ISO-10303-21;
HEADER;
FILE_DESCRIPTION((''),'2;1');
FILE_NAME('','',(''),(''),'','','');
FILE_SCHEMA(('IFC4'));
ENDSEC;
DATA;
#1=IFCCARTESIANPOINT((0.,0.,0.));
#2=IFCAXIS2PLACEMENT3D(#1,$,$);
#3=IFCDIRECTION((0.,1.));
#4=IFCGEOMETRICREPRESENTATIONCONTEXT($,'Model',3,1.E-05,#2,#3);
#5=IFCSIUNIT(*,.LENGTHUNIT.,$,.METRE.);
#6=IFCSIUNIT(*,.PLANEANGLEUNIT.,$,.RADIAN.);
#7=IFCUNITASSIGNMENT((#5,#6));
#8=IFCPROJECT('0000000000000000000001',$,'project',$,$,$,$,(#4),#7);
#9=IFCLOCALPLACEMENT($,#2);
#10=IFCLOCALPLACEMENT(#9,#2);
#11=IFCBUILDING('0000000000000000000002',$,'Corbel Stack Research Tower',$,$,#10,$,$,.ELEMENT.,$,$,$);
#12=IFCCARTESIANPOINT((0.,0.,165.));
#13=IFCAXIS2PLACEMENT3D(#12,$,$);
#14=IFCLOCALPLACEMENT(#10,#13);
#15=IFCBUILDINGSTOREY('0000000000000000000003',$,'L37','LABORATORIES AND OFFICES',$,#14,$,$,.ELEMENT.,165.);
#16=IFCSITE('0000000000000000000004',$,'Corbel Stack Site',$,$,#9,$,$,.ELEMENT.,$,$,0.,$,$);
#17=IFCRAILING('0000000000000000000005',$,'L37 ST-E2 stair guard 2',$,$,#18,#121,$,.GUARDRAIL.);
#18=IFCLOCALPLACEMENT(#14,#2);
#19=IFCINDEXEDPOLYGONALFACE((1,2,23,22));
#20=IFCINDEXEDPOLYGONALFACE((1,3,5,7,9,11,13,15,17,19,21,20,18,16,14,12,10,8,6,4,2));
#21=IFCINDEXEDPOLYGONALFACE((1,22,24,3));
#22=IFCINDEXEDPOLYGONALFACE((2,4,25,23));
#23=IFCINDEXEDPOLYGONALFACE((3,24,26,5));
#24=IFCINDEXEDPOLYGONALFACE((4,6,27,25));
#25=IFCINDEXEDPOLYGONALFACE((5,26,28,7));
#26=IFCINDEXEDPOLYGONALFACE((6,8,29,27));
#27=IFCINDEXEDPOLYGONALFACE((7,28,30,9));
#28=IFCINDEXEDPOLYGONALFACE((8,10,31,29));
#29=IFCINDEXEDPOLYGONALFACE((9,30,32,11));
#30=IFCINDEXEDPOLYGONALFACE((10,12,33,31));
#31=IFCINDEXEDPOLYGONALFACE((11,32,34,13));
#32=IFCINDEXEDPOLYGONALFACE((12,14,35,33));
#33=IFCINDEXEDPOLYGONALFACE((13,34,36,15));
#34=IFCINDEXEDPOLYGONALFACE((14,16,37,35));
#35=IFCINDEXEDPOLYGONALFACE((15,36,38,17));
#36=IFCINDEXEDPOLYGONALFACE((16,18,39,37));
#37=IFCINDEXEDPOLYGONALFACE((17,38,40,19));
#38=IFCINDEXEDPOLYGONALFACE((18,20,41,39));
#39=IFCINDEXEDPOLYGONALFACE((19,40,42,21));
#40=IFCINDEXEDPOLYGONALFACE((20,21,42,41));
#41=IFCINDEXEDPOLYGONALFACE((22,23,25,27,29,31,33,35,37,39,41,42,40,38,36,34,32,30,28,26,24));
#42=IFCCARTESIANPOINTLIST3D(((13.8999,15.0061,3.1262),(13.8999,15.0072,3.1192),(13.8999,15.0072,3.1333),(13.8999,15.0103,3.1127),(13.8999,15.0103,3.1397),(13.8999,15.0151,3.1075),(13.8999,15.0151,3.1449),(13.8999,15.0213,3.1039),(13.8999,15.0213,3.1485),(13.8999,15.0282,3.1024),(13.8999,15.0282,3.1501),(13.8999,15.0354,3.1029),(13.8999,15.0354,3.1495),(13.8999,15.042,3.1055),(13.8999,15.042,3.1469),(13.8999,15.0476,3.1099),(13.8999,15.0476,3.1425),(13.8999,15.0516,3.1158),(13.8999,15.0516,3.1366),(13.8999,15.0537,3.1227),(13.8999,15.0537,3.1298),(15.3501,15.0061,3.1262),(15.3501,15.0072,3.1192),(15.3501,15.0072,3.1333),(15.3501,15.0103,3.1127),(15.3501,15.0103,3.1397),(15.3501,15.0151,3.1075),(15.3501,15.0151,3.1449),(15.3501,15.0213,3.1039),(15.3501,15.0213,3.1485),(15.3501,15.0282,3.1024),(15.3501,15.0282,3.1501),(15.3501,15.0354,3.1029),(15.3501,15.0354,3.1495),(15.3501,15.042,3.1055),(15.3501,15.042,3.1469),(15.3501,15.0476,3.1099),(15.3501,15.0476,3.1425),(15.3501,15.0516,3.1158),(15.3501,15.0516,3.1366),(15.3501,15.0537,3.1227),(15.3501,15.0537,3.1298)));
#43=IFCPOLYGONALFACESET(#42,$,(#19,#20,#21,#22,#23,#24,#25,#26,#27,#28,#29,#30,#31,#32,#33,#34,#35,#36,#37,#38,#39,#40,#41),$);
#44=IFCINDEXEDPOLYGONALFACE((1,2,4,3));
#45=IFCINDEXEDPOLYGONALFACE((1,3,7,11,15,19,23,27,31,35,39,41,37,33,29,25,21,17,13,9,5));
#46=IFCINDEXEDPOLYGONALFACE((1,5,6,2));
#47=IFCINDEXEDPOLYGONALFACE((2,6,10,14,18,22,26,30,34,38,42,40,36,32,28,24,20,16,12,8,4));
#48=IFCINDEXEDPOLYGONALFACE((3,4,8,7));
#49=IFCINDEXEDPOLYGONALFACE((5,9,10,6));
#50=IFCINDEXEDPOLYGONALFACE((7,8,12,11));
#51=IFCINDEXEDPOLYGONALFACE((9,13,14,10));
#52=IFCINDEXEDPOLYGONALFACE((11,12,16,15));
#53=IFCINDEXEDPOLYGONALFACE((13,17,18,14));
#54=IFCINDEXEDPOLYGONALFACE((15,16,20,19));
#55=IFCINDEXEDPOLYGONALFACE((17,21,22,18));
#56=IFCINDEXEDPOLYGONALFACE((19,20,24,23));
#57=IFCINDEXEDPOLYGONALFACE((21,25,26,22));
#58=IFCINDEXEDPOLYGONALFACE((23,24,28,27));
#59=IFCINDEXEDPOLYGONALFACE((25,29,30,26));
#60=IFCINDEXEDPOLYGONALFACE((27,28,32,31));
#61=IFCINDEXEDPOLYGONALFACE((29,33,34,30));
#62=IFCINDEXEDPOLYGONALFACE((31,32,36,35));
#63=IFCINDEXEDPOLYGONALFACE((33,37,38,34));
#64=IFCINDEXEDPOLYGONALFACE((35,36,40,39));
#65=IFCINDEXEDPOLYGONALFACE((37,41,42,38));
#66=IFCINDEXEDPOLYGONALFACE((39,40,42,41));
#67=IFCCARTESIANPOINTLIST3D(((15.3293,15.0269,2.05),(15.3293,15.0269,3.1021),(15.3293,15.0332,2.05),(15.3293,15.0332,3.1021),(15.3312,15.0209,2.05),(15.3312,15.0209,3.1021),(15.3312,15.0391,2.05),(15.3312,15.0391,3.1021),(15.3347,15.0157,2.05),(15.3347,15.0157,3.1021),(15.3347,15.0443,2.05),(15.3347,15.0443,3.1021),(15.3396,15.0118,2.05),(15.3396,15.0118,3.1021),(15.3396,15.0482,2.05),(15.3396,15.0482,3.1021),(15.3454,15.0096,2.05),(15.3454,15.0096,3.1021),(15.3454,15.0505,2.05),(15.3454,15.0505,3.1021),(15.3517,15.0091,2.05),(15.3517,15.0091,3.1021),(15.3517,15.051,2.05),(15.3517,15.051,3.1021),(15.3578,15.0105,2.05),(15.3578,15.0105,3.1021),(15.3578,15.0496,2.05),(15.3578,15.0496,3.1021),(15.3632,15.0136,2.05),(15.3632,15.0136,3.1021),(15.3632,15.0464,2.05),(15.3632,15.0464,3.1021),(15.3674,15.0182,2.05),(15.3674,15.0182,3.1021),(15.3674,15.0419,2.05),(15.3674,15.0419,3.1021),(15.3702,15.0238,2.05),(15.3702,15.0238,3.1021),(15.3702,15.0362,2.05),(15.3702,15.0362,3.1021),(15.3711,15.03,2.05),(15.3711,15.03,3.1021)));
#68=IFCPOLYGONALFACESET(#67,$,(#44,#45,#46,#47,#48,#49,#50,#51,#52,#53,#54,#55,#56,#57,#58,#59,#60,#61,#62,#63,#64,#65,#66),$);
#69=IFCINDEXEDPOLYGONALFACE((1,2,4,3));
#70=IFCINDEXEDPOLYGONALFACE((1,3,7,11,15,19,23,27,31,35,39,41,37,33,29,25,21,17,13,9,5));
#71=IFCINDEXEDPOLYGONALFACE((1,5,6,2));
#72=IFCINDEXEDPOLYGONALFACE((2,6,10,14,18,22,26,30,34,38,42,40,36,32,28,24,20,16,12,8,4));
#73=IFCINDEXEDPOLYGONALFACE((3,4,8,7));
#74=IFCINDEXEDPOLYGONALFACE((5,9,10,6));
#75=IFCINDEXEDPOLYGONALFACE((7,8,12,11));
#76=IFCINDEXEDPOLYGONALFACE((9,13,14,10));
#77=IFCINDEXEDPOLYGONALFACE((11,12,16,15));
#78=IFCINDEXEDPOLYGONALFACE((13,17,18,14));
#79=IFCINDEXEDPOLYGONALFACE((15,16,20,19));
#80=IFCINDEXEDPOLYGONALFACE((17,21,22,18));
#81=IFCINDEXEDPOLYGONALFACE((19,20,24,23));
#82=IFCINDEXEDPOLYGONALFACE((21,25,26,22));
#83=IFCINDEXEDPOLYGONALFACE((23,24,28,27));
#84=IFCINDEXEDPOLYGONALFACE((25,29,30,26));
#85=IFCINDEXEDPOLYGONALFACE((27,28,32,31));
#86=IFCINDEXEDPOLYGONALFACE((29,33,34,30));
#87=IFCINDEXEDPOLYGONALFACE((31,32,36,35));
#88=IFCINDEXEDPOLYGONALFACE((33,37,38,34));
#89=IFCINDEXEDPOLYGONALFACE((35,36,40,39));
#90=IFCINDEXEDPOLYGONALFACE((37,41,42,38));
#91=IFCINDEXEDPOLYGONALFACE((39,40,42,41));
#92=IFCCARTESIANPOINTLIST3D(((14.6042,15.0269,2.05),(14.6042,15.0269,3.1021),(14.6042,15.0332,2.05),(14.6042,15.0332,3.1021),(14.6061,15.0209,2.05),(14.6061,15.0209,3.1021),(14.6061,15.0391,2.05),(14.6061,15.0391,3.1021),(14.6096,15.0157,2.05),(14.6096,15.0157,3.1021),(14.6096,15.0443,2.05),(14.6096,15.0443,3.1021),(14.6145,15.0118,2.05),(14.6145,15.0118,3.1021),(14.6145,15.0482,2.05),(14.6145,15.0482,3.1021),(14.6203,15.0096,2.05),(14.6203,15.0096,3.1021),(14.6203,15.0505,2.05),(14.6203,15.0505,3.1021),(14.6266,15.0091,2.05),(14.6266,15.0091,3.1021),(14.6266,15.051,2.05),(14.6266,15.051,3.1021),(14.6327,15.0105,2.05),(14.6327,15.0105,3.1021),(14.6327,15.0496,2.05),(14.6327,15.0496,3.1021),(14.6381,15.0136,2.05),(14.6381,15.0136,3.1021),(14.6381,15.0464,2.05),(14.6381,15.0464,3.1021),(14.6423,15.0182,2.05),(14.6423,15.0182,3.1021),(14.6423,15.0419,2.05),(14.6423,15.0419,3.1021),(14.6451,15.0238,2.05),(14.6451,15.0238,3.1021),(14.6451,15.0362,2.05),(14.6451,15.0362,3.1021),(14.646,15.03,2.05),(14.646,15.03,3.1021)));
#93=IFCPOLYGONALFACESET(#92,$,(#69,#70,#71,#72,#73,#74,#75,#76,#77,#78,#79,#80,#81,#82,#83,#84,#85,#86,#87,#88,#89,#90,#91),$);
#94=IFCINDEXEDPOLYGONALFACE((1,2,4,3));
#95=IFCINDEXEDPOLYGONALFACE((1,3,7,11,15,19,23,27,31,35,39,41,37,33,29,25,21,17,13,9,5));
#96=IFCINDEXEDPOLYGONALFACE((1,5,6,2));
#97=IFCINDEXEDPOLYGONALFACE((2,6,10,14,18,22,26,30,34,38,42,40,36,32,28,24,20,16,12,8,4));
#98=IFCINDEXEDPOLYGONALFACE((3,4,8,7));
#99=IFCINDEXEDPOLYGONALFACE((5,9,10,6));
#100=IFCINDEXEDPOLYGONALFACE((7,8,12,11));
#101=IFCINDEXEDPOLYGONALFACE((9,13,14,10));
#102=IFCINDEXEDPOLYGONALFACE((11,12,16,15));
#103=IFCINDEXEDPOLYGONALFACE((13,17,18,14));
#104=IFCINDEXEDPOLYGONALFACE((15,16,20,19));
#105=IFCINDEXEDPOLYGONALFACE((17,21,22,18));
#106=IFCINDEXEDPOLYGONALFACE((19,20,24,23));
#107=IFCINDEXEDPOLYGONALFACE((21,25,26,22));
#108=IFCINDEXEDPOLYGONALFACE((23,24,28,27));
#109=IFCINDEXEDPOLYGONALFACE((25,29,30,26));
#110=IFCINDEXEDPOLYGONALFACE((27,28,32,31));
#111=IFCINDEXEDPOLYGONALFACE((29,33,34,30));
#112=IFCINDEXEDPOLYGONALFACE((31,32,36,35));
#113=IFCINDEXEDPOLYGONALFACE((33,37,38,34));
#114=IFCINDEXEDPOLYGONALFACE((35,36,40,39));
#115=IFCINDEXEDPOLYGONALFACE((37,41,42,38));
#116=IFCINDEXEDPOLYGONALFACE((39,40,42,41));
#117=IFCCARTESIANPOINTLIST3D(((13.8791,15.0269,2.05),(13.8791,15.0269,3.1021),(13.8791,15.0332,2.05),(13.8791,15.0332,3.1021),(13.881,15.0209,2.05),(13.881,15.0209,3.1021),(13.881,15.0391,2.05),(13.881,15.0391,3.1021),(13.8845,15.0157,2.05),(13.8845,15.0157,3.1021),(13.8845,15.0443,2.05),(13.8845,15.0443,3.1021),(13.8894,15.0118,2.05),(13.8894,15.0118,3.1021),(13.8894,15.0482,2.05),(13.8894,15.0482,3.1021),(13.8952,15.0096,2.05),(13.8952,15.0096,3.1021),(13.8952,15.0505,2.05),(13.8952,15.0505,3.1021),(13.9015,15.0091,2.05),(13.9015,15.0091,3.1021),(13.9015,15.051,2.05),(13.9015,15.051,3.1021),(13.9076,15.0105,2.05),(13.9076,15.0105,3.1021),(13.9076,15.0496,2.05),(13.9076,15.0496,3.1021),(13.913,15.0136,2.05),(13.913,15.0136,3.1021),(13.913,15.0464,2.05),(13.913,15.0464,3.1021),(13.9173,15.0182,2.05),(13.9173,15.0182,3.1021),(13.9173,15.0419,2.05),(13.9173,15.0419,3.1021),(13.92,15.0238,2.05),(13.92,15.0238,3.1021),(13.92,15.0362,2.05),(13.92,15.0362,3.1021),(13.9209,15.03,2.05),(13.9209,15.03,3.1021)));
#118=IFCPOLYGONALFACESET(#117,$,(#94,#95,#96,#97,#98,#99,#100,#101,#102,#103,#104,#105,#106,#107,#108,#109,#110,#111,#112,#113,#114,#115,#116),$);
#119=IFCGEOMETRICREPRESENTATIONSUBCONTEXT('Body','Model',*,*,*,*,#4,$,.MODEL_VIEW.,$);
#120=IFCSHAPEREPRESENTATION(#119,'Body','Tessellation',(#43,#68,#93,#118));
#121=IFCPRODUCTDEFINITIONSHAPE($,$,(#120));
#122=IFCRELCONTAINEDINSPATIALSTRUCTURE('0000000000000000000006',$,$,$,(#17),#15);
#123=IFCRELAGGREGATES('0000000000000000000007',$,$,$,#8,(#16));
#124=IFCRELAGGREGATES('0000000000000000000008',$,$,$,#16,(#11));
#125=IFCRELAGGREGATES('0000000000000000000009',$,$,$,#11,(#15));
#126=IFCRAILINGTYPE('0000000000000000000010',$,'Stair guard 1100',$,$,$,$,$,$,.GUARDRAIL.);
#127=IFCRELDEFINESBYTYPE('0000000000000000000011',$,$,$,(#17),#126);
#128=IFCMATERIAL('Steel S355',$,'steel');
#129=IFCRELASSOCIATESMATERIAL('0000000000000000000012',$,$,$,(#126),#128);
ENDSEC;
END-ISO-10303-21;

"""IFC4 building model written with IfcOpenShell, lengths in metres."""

from ifc_helpers import new_model, si_unit, direction, frame, origin, origin_2d, place, context, subcontext, project, spatial, circle, extrude, material, type_object, element, save


model = new_model("IFC4")

# Units and contexts
model_context = context("Model", 3, precision=1e-05, world=origin(), true_north=direction((0.0, 1.0)))
body_context = subcontext(model_context, "Body", "Model", "MODEL_VIEW")
ifc_project = project(units=[si_unit("LENGTHUNIT", "METRE"), si_unit("PLANEANGLEUNIT", "RADIAN")], contexts=[model_context])

# Site, building, storey
site_placement = place(None, origin())
site = spatial("IfcSite", under=ifc_project, at=site_placement, Name="Corbel Stack Site", CompositionType="ELEMENT", RefElevation=0.0)
building_placement = place(site_placement, origin())
building = spatial("IfcBuilding", under=site, at=building_placement, Name="Corbel Stack Research Tower", CompositionType="ELEMENT")
storey_placement = place(building_placement, frame((0.0, 0.0, 165.0)))
storey = spatial("IfcBuildingStorey", under=building, at=storey_placement, Name="L37", Description="LABORATORIES AND OFFICES", CompositionType="ELEMENT", Elevation=165.0)

# Railing
ifc_material_1 = material(Name="Steel S355", Category="steel")
railing_type_1 = type_object("IfcRailingType", Name="Stair guard 1100", PredefinedType="GUARDRAIL", material=ifc_material_1)
railing_1_placement = place(storey_placement, frame((15.3501, 15.03, 2.05)))
element("IfcRailing", 1, at=railing_1_placement, inside=storey, type_object=railing_type_1, Name="L37 ST-E2 stair guard 2", PredefinedType="GUARDRAIL", context=body_context, shape_type="SweptSolid", body=[
    extrude(circle(Radius=0.0239, at=origin_2d()), frame((0.0, 0.0, 1.0762), z_axis=(-1.0, 0.0, 0.0), x_axis=(0.0, -1.0, 0.0)), (0.0, 0.0, 1.0), 1.4502),
    extrude(circle(Radius=0.021, at=origin_2d()), origin(), (0.0, 0.0, 1.0), 1.052),
    extrude(circle(Radius=0.021, at=origin_2d()), frame((-0.7251, 0.0, 0.0)), (0.0, 0.0, 1.0), 1.052),
    extrude(circle(Radius=0.021, at=origin_2d()), frame((-1.4502, 0.0, 0.0)), (0.0, 0.0, 1.0), 1.052),
])

save(model, "model.ifc")
